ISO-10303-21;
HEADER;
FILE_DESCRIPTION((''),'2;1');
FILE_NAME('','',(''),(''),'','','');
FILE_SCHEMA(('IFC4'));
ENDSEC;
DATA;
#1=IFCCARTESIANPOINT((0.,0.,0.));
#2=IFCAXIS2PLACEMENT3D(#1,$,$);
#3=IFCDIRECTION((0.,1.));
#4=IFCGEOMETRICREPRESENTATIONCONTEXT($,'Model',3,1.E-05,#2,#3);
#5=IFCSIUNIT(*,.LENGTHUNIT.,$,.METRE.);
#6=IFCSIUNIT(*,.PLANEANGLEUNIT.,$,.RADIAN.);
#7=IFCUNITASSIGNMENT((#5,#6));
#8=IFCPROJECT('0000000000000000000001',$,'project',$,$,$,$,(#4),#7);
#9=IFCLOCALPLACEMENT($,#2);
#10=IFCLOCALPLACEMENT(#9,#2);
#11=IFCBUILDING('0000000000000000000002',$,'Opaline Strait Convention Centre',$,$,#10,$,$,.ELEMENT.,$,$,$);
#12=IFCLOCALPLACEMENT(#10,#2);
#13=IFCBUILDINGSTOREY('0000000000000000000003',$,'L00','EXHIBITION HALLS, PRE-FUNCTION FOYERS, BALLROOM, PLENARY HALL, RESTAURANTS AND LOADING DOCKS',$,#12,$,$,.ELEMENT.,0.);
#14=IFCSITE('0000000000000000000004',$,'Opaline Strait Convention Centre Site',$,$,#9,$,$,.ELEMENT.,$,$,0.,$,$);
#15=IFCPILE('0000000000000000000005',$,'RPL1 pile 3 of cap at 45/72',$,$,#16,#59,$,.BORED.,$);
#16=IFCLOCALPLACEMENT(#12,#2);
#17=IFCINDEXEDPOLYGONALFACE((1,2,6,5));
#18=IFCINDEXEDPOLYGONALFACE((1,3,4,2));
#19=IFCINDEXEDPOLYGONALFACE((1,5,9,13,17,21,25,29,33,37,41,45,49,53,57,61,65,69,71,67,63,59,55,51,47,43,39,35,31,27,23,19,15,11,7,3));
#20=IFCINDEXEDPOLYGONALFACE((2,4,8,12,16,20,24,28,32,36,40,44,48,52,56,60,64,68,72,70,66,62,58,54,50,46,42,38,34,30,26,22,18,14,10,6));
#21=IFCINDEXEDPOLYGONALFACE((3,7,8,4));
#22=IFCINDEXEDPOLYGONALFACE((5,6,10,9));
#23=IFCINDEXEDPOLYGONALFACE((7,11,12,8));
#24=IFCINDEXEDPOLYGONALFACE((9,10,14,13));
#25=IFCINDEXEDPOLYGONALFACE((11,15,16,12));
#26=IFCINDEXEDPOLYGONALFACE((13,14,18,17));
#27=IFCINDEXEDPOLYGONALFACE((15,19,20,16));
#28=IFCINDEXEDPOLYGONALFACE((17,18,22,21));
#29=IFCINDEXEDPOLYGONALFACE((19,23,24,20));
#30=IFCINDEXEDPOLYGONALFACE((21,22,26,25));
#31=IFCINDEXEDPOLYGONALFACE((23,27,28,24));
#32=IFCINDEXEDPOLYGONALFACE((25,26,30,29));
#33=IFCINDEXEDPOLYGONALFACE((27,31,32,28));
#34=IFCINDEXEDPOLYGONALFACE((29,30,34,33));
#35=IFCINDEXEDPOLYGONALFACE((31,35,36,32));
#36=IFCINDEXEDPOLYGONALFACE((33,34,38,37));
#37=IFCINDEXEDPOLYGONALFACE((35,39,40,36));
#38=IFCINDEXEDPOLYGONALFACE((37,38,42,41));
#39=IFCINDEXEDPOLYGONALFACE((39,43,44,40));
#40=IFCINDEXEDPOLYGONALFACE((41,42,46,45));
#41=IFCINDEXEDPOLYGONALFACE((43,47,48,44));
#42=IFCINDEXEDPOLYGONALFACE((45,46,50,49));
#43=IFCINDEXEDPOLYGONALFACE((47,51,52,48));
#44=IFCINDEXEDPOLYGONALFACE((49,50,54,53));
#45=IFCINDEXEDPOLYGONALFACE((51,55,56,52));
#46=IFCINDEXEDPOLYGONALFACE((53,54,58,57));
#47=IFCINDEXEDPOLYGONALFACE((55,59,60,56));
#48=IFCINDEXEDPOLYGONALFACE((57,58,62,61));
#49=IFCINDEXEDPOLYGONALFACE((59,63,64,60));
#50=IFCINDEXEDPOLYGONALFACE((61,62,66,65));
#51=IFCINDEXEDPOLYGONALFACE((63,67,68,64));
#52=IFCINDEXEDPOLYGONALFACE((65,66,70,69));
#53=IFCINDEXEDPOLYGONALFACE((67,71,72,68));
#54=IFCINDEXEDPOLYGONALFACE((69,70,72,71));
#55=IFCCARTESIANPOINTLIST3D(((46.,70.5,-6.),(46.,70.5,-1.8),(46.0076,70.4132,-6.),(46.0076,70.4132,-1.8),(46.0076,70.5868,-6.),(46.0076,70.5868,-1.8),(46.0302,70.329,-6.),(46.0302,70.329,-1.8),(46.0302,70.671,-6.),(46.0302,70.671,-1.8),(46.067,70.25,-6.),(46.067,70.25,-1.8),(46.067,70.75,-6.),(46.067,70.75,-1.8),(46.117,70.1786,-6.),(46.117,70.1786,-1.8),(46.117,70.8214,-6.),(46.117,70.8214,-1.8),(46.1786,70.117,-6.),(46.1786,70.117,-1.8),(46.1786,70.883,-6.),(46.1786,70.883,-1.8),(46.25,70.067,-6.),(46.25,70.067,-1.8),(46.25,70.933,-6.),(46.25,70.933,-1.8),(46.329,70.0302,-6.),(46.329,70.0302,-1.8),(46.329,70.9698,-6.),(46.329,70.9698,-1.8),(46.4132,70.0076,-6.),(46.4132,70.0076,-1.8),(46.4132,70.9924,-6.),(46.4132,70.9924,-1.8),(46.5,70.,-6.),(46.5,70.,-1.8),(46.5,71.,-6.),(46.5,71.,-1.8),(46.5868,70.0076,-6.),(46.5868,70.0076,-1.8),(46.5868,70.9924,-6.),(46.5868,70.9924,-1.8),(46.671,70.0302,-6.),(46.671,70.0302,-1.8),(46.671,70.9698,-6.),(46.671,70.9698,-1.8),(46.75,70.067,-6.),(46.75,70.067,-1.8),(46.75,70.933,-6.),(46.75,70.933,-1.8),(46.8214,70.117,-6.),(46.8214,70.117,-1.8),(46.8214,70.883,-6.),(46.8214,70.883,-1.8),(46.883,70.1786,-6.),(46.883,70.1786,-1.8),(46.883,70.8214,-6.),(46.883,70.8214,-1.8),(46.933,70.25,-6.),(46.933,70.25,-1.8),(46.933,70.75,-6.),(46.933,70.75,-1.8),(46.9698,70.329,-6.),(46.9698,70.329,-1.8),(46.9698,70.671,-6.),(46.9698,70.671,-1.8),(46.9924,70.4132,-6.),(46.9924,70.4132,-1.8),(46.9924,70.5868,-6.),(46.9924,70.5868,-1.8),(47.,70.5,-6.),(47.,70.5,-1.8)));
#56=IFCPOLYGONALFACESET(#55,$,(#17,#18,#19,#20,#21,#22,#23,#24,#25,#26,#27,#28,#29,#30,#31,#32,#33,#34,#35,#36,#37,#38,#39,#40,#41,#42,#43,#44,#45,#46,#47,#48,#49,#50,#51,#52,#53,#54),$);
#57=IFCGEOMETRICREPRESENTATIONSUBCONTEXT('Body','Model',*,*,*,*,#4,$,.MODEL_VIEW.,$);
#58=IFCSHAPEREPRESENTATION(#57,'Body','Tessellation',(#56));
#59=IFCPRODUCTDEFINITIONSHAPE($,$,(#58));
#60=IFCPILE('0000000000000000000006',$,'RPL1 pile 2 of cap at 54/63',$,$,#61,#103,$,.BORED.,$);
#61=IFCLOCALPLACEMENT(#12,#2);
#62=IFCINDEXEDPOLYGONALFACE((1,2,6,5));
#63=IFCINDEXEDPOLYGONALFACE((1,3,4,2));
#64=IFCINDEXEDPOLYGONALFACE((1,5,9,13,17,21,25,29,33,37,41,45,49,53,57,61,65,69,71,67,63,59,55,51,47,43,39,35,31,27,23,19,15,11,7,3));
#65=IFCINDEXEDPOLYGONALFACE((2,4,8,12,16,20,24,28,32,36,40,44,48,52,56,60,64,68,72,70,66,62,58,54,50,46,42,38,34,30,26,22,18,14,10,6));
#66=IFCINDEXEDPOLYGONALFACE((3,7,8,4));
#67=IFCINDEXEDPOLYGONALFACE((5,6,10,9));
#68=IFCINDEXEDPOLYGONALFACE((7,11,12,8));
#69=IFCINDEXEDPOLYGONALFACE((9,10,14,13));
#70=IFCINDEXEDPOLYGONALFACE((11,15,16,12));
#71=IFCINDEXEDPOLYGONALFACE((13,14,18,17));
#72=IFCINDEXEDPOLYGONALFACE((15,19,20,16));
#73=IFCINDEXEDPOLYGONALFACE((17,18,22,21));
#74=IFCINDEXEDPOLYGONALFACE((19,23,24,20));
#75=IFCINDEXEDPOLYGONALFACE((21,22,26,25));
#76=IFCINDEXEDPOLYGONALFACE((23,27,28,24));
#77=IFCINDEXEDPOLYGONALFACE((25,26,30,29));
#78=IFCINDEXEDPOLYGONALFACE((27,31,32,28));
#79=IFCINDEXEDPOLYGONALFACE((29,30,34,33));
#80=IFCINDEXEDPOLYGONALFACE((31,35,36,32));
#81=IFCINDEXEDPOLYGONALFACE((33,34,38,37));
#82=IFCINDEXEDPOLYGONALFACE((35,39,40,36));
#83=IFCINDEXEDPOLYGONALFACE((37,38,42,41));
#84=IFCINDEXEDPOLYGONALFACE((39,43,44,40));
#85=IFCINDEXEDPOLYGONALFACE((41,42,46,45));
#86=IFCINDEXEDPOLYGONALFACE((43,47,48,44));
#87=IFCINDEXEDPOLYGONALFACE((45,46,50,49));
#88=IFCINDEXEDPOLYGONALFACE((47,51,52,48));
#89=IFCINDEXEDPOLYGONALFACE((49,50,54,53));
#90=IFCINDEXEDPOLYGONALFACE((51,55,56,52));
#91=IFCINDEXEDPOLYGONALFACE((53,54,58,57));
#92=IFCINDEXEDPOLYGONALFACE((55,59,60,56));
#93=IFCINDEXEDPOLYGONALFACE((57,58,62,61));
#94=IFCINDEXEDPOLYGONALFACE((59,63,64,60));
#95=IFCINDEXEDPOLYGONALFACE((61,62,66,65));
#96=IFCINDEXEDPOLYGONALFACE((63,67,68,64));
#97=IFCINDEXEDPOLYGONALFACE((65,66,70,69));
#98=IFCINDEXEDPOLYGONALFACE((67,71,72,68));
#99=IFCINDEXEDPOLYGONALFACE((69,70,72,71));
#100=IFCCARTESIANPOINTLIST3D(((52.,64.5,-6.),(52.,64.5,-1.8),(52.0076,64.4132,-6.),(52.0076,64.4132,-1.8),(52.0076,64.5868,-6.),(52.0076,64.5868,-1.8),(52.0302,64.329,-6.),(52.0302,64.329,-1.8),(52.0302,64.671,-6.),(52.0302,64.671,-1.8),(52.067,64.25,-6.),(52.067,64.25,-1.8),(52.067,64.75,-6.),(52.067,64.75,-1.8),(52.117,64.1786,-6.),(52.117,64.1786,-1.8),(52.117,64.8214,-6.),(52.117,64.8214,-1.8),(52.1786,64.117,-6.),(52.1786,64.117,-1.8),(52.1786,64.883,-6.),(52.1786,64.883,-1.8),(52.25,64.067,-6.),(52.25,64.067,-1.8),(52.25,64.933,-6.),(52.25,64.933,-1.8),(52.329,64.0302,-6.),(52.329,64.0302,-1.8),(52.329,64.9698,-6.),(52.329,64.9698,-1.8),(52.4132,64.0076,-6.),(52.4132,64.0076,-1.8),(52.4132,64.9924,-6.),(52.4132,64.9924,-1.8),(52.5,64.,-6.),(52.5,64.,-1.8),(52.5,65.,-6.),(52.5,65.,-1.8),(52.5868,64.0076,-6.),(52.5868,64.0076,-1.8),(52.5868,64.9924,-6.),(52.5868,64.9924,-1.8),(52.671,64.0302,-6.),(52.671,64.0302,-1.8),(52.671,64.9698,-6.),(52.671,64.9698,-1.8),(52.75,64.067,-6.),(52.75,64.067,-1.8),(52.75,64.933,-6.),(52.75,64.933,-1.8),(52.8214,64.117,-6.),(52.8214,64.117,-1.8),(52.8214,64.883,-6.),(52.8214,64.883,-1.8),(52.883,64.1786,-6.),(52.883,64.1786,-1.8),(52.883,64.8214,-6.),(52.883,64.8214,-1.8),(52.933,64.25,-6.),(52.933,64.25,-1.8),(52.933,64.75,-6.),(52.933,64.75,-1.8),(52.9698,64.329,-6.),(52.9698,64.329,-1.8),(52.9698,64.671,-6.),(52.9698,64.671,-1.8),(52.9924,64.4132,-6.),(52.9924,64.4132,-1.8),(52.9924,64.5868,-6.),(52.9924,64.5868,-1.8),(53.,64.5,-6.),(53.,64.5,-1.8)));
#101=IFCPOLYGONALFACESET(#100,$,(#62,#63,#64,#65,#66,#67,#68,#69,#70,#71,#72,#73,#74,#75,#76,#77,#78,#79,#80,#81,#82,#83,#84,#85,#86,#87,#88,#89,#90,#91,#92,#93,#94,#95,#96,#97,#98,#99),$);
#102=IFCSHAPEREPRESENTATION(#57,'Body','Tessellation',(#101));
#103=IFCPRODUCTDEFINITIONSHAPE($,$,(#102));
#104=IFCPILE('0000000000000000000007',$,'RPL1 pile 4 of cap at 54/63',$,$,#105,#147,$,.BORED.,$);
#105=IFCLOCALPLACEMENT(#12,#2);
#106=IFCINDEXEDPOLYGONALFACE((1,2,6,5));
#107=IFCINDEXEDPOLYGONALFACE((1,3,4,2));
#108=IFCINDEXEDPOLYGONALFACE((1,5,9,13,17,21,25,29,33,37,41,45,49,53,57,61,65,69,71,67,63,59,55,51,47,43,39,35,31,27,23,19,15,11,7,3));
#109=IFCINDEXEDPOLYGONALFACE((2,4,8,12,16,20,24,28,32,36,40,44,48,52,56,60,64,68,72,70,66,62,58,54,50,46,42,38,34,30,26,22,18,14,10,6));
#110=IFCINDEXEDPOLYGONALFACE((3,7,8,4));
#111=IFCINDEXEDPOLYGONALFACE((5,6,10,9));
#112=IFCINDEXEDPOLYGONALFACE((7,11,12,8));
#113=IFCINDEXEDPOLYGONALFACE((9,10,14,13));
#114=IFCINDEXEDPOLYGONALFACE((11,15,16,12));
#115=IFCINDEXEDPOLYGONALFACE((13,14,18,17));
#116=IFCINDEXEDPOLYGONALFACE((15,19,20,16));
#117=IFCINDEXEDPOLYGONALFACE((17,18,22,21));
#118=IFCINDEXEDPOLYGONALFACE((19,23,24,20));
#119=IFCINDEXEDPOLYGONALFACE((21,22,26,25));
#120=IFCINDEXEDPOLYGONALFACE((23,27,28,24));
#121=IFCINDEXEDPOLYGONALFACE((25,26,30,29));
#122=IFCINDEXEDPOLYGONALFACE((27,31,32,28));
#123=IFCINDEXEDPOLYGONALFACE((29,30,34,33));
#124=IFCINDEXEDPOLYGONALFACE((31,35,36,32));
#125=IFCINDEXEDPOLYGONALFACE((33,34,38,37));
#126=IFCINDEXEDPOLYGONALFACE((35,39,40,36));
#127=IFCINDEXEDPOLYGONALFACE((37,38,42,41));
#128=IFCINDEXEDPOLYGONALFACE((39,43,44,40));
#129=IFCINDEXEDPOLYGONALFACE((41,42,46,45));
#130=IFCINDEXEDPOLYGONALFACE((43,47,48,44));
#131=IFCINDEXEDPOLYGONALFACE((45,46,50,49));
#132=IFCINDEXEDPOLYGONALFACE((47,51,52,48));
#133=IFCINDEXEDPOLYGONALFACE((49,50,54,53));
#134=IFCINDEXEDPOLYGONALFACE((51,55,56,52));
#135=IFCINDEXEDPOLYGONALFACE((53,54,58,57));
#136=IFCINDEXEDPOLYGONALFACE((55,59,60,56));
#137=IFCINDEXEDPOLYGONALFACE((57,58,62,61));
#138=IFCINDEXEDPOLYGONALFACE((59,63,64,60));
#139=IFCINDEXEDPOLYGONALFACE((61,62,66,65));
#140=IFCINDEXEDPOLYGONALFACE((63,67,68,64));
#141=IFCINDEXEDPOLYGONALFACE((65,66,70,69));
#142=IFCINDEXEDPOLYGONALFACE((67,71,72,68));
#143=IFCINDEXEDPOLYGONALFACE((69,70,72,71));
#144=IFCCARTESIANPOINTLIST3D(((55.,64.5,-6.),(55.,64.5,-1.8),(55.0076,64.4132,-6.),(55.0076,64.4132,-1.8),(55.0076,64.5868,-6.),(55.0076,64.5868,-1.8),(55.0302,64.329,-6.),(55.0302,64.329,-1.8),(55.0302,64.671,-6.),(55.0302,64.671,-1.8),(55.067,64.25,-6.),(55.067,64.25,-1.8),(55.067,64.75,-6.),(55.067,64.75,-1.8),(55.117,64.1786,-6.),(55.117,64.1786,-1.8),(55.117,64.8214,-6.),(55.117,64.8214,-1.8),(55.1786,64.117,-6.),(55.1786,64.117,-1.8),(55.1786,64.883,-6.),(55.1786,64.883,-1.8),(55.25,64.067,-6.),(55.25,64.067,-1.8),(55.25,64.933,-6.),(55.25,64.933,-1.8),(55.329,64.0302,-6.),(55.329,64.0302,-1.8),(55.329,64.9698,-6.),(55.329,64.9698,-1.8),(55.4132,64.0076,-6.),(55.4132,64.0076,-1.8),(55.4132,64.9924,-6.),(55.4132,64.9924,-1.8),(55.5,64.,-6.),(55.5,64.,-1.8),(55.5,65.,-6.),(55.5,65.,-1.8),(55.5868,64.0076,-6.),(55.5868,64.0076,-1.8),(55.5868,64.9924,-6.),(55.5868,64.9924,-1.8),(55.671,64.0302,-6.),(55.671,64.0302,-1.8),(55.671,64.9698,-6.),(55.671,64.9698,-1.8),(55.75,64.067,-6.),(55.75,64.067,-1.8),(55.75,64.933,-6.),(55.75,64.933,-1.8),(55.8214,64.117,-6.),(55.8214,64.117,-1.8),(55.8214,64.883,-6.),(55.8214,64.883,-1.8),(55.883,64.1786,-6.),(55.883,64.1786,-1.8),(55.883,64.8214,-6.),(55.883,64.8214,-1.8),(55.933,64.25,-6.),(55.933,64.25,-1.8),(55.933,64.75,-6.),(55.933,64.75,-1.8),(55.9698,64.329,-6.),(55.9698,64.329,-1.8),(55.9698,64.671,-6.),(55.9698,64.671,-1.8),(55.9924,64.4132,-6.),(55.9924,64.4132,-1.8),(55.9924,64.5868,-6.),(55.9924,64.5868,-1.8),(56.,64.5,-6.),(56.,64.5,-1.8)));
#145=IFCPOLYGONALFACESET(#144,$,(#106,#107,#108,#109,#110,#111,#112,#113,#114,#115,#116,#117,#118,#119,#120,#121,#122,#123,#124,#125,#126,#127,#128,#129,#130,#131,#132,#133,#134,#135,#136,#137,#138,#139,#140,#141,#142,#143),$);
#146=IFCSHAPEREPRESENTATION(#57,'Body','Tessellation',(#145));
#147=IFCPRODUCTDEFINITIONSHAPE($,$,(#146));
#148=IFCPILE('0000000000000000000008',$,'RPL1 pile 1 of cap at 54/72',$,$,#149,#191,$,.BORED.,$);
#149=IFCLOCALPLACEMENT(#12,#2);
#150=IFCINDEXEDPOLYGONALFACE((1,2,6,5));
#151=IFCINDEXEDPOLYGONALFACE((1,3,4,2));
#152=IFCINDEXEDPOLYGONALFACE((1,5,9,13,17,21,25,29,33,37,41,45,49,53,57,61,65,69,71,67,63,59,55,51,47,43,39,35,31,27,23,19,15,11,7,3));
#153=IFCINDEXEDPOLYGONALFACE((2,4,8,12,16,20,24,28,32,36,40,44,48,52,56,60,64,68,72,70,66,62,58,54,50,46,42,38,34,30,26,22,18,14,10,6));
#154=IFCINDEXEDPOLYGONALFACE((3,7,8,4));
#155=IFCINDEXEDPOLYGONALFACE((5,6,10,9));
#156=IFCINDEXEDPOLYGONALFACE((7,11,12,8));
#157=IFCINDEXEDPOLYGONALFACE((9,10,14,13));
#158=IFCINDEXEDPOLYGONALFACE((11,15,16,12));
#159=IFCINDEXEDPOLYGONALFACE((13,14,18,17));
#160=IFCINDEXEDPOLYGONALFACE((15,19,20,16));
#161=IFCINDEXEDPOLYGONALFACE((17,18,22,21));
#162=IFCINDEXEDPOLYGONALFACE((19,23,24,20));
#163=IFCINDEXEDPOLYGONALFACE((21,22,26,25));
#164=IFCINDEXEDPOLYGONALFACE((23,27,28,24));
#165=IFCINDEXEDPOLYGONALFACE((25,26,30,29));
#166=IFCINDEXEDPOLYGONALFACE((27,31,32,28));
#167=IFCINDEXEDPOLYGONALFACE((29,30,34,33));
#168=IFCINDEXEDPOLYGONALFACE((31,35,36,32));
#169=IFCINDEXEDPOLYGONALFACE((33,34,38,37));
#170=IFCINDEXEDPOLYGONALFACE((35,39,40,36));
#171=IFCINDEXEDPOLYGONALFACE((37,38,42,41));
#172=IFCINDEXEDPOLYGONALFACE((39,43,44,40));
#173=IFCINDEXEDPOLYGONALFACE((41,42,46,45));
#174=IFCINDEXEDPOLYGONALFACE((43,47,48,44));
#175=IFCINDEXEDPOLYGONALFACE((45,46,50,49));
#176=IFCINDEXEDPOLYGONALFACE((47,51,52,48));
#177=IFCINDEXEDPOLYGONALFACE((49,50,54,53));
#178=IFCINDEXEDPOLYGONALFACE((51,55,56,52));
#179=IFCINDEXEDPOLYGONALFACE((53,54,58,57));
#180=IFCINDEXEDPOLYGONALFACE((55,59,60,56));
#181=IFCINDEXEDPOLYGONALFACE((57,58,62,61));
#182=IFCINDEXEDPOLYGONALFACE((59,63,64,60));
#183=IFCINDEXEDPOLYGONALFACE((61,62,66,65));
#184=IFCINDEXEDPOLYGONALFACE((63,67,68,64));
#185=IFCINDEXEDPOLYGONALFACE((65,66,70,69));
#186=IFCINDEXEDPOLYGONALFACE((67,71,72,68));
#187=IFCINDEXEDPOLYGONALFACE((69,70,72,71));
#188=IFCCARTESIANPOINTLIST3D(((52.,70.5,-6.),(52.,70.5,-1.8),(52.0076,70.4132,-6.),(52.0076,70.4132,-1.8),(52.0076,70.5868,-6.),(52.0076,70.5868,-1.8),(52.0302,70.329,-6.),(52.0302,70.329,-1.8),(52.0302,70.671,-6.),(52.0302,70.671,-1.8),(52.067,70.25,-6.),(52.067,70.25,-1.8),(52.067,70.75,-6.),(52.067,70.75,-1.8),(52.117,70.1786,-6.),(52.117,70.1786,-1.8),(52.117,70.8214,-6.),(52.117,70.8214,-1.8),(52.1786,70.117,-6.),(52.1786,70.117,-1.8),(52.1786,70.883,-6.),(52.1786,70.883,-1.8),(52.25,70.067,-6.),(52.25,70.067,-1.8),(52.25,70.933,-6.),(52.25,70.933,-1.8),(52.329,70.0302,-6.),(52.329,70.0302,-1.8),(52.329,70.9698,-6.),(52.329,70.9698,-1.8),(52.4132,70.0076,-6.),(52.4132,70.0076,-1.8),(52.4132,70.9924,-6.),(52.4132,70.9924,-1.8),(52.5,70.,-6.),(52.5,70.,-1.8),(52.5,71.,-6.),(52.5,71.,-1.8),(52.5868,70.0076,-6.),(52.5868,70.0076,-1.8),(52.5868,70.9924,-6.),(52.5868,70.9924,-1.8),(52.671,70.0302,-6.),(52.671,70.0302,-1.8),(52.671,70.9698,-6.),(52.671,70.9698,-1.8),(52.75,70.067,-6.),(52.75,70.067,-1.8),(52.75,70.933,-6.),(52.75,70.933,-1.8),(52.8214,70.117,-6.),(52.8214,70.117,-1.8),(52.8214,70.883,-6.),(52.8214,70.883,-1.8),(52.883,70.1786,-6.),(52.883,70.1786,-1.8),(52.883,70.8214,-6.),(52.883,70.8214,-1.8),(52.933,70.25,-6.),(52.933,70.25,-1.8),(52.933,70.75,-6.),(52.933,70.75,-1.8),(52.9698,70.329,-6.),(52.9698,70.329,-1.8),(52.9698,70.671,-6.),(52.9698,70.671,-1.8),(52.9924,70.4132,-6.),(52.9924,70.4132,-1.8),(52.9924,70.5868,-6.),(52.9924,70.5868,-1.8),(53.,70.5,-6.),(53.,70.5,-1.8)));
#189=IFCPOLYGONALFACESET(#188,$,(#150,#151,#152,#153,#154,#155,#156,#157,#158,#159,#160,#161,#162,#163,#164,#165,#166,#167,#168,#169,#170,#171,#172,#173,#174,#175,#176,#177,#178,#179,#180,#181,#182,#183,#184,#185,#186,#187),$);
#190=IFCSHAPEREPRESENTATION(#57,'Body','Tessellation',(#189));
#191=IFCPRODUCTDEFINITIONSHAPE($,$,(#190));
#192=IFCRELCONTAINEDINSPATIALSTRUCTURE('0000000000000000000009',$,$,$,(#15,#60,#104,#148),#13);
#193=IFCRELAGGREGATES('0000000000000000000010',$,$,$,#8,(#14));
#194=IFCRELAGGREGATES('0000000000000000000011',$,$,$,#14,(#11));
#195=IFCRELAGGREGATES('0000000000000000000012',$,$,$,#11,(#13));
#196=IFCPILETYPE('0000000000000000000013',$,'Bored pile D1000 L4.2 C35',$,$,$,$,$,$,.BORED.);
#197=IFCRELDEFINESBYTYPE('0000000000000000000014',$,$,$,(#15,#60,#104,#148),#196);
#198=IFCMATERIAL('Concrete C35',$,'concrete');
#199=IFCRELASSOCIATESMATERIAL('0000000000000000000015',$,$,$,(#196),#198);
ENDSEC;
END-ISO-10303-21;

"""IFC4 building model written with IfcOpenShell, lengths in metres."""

from ifc_helpers import new_model, si_unit, direction, frame, origin, origin_2d, place, context, subcontext, project, spatial, circle, extrude, material, material_profile, profile_set, type_object, element, save


model = new_model("IFC4")

# Units and contexts
model_context = context("Model", 3, precision=1e-05, world=origin(), true_north=direction((0.0, 1.0)))
body_context = subcontext(model_context, "Body", "Model", "MODEL_VIEW")
ifc_project = project(units=[si_unit("LENGTHUNIT", "METRE"), si_unit("PLANEANGLEUNIT", "RADIAN")], contexts=[model_context])

# Site, building, storey
site_placement = place(None, origin())
site = spatial("IfcSite", under=ifc_project, at=site_placement, Name="Opaline Strait Convention Centre Site", CompositionType="ELEMENT", RefElevation=0.0)
building_placement = place(site_placement, origin())
building = spatial("IfcBuilding", under=site, at=building_placement, Name="Opaline Strait Convention Centre", CompositionType="ELEMENT")
storey_placement = place(building_placement, origin())
storey = spatial("IfcBuildingStorey", under=building, at=storey_placement, Name="L00", Description="EXHIBITION HALLS, PRE-FUNCTION FOYERS, BALLROOM, PLENARY HALL, RESTAURANTS AND LOADING DOCKS", CompositionType="ELEMENT", Elevation=0.0)

# Piles
ifc_material_1 = material(Name="Concrete C35", Category="concrete")
ifc_material_profile_1 = material_profile(ifc_material_1, circle(Radius=0.5, at=origin_2d()), Name="D1000")
ifc_profile_set_1 = profile_set([ifc_material_profile_1], Name="Concrete C35")
pile_type = type_object("IfcPileType", Name="Bored pile D1000 L4.2 C35", PredefinedType="BORED", material=ifc_profile_set_1)
for number, where, z_axis, x_axis, name in (
    (1, (46.5, 70.5, -1.8), (0.0, 0.0, -1.0), (1.0, 0.0, 0.0), "RPL1 pile 3 of cap at 45/72"),
    (2, (52.5, 64.5, -1.8), (0.0, 0.0, -1.0), (1.0, 0.0, 0.0), "RPL1 pile 2 of cap at 54/63"),
    (3, (55.5, 64.5, -1.8), (0.0, 0.0, -1.0), (1.0, 0.0, 0.0), "RPL1 pile 4 of cap at 54/63"),
    (4, (52.5, 70.5, -1.8), (0.0, 0.0, -1.0), (1.0, 0.0, 0.0), "RPL1 pile 1 of cap at 54/72"),
):
    element("IfcPile", number, at=place(storey_placement, frame(where, z_axis=z_axis, x_axis=x_axis)), inside=storey, type_object=pile_type, Name=name, PredefinedType="BORED", context=body_context, shape_type="SweptSolid", body=[
        extrude(circle(Radius=0.5, at=origin_2d()), origin(), (0.0, 0.0, 1.0), 4.2),
    ])

save(model, "model.ifc")
